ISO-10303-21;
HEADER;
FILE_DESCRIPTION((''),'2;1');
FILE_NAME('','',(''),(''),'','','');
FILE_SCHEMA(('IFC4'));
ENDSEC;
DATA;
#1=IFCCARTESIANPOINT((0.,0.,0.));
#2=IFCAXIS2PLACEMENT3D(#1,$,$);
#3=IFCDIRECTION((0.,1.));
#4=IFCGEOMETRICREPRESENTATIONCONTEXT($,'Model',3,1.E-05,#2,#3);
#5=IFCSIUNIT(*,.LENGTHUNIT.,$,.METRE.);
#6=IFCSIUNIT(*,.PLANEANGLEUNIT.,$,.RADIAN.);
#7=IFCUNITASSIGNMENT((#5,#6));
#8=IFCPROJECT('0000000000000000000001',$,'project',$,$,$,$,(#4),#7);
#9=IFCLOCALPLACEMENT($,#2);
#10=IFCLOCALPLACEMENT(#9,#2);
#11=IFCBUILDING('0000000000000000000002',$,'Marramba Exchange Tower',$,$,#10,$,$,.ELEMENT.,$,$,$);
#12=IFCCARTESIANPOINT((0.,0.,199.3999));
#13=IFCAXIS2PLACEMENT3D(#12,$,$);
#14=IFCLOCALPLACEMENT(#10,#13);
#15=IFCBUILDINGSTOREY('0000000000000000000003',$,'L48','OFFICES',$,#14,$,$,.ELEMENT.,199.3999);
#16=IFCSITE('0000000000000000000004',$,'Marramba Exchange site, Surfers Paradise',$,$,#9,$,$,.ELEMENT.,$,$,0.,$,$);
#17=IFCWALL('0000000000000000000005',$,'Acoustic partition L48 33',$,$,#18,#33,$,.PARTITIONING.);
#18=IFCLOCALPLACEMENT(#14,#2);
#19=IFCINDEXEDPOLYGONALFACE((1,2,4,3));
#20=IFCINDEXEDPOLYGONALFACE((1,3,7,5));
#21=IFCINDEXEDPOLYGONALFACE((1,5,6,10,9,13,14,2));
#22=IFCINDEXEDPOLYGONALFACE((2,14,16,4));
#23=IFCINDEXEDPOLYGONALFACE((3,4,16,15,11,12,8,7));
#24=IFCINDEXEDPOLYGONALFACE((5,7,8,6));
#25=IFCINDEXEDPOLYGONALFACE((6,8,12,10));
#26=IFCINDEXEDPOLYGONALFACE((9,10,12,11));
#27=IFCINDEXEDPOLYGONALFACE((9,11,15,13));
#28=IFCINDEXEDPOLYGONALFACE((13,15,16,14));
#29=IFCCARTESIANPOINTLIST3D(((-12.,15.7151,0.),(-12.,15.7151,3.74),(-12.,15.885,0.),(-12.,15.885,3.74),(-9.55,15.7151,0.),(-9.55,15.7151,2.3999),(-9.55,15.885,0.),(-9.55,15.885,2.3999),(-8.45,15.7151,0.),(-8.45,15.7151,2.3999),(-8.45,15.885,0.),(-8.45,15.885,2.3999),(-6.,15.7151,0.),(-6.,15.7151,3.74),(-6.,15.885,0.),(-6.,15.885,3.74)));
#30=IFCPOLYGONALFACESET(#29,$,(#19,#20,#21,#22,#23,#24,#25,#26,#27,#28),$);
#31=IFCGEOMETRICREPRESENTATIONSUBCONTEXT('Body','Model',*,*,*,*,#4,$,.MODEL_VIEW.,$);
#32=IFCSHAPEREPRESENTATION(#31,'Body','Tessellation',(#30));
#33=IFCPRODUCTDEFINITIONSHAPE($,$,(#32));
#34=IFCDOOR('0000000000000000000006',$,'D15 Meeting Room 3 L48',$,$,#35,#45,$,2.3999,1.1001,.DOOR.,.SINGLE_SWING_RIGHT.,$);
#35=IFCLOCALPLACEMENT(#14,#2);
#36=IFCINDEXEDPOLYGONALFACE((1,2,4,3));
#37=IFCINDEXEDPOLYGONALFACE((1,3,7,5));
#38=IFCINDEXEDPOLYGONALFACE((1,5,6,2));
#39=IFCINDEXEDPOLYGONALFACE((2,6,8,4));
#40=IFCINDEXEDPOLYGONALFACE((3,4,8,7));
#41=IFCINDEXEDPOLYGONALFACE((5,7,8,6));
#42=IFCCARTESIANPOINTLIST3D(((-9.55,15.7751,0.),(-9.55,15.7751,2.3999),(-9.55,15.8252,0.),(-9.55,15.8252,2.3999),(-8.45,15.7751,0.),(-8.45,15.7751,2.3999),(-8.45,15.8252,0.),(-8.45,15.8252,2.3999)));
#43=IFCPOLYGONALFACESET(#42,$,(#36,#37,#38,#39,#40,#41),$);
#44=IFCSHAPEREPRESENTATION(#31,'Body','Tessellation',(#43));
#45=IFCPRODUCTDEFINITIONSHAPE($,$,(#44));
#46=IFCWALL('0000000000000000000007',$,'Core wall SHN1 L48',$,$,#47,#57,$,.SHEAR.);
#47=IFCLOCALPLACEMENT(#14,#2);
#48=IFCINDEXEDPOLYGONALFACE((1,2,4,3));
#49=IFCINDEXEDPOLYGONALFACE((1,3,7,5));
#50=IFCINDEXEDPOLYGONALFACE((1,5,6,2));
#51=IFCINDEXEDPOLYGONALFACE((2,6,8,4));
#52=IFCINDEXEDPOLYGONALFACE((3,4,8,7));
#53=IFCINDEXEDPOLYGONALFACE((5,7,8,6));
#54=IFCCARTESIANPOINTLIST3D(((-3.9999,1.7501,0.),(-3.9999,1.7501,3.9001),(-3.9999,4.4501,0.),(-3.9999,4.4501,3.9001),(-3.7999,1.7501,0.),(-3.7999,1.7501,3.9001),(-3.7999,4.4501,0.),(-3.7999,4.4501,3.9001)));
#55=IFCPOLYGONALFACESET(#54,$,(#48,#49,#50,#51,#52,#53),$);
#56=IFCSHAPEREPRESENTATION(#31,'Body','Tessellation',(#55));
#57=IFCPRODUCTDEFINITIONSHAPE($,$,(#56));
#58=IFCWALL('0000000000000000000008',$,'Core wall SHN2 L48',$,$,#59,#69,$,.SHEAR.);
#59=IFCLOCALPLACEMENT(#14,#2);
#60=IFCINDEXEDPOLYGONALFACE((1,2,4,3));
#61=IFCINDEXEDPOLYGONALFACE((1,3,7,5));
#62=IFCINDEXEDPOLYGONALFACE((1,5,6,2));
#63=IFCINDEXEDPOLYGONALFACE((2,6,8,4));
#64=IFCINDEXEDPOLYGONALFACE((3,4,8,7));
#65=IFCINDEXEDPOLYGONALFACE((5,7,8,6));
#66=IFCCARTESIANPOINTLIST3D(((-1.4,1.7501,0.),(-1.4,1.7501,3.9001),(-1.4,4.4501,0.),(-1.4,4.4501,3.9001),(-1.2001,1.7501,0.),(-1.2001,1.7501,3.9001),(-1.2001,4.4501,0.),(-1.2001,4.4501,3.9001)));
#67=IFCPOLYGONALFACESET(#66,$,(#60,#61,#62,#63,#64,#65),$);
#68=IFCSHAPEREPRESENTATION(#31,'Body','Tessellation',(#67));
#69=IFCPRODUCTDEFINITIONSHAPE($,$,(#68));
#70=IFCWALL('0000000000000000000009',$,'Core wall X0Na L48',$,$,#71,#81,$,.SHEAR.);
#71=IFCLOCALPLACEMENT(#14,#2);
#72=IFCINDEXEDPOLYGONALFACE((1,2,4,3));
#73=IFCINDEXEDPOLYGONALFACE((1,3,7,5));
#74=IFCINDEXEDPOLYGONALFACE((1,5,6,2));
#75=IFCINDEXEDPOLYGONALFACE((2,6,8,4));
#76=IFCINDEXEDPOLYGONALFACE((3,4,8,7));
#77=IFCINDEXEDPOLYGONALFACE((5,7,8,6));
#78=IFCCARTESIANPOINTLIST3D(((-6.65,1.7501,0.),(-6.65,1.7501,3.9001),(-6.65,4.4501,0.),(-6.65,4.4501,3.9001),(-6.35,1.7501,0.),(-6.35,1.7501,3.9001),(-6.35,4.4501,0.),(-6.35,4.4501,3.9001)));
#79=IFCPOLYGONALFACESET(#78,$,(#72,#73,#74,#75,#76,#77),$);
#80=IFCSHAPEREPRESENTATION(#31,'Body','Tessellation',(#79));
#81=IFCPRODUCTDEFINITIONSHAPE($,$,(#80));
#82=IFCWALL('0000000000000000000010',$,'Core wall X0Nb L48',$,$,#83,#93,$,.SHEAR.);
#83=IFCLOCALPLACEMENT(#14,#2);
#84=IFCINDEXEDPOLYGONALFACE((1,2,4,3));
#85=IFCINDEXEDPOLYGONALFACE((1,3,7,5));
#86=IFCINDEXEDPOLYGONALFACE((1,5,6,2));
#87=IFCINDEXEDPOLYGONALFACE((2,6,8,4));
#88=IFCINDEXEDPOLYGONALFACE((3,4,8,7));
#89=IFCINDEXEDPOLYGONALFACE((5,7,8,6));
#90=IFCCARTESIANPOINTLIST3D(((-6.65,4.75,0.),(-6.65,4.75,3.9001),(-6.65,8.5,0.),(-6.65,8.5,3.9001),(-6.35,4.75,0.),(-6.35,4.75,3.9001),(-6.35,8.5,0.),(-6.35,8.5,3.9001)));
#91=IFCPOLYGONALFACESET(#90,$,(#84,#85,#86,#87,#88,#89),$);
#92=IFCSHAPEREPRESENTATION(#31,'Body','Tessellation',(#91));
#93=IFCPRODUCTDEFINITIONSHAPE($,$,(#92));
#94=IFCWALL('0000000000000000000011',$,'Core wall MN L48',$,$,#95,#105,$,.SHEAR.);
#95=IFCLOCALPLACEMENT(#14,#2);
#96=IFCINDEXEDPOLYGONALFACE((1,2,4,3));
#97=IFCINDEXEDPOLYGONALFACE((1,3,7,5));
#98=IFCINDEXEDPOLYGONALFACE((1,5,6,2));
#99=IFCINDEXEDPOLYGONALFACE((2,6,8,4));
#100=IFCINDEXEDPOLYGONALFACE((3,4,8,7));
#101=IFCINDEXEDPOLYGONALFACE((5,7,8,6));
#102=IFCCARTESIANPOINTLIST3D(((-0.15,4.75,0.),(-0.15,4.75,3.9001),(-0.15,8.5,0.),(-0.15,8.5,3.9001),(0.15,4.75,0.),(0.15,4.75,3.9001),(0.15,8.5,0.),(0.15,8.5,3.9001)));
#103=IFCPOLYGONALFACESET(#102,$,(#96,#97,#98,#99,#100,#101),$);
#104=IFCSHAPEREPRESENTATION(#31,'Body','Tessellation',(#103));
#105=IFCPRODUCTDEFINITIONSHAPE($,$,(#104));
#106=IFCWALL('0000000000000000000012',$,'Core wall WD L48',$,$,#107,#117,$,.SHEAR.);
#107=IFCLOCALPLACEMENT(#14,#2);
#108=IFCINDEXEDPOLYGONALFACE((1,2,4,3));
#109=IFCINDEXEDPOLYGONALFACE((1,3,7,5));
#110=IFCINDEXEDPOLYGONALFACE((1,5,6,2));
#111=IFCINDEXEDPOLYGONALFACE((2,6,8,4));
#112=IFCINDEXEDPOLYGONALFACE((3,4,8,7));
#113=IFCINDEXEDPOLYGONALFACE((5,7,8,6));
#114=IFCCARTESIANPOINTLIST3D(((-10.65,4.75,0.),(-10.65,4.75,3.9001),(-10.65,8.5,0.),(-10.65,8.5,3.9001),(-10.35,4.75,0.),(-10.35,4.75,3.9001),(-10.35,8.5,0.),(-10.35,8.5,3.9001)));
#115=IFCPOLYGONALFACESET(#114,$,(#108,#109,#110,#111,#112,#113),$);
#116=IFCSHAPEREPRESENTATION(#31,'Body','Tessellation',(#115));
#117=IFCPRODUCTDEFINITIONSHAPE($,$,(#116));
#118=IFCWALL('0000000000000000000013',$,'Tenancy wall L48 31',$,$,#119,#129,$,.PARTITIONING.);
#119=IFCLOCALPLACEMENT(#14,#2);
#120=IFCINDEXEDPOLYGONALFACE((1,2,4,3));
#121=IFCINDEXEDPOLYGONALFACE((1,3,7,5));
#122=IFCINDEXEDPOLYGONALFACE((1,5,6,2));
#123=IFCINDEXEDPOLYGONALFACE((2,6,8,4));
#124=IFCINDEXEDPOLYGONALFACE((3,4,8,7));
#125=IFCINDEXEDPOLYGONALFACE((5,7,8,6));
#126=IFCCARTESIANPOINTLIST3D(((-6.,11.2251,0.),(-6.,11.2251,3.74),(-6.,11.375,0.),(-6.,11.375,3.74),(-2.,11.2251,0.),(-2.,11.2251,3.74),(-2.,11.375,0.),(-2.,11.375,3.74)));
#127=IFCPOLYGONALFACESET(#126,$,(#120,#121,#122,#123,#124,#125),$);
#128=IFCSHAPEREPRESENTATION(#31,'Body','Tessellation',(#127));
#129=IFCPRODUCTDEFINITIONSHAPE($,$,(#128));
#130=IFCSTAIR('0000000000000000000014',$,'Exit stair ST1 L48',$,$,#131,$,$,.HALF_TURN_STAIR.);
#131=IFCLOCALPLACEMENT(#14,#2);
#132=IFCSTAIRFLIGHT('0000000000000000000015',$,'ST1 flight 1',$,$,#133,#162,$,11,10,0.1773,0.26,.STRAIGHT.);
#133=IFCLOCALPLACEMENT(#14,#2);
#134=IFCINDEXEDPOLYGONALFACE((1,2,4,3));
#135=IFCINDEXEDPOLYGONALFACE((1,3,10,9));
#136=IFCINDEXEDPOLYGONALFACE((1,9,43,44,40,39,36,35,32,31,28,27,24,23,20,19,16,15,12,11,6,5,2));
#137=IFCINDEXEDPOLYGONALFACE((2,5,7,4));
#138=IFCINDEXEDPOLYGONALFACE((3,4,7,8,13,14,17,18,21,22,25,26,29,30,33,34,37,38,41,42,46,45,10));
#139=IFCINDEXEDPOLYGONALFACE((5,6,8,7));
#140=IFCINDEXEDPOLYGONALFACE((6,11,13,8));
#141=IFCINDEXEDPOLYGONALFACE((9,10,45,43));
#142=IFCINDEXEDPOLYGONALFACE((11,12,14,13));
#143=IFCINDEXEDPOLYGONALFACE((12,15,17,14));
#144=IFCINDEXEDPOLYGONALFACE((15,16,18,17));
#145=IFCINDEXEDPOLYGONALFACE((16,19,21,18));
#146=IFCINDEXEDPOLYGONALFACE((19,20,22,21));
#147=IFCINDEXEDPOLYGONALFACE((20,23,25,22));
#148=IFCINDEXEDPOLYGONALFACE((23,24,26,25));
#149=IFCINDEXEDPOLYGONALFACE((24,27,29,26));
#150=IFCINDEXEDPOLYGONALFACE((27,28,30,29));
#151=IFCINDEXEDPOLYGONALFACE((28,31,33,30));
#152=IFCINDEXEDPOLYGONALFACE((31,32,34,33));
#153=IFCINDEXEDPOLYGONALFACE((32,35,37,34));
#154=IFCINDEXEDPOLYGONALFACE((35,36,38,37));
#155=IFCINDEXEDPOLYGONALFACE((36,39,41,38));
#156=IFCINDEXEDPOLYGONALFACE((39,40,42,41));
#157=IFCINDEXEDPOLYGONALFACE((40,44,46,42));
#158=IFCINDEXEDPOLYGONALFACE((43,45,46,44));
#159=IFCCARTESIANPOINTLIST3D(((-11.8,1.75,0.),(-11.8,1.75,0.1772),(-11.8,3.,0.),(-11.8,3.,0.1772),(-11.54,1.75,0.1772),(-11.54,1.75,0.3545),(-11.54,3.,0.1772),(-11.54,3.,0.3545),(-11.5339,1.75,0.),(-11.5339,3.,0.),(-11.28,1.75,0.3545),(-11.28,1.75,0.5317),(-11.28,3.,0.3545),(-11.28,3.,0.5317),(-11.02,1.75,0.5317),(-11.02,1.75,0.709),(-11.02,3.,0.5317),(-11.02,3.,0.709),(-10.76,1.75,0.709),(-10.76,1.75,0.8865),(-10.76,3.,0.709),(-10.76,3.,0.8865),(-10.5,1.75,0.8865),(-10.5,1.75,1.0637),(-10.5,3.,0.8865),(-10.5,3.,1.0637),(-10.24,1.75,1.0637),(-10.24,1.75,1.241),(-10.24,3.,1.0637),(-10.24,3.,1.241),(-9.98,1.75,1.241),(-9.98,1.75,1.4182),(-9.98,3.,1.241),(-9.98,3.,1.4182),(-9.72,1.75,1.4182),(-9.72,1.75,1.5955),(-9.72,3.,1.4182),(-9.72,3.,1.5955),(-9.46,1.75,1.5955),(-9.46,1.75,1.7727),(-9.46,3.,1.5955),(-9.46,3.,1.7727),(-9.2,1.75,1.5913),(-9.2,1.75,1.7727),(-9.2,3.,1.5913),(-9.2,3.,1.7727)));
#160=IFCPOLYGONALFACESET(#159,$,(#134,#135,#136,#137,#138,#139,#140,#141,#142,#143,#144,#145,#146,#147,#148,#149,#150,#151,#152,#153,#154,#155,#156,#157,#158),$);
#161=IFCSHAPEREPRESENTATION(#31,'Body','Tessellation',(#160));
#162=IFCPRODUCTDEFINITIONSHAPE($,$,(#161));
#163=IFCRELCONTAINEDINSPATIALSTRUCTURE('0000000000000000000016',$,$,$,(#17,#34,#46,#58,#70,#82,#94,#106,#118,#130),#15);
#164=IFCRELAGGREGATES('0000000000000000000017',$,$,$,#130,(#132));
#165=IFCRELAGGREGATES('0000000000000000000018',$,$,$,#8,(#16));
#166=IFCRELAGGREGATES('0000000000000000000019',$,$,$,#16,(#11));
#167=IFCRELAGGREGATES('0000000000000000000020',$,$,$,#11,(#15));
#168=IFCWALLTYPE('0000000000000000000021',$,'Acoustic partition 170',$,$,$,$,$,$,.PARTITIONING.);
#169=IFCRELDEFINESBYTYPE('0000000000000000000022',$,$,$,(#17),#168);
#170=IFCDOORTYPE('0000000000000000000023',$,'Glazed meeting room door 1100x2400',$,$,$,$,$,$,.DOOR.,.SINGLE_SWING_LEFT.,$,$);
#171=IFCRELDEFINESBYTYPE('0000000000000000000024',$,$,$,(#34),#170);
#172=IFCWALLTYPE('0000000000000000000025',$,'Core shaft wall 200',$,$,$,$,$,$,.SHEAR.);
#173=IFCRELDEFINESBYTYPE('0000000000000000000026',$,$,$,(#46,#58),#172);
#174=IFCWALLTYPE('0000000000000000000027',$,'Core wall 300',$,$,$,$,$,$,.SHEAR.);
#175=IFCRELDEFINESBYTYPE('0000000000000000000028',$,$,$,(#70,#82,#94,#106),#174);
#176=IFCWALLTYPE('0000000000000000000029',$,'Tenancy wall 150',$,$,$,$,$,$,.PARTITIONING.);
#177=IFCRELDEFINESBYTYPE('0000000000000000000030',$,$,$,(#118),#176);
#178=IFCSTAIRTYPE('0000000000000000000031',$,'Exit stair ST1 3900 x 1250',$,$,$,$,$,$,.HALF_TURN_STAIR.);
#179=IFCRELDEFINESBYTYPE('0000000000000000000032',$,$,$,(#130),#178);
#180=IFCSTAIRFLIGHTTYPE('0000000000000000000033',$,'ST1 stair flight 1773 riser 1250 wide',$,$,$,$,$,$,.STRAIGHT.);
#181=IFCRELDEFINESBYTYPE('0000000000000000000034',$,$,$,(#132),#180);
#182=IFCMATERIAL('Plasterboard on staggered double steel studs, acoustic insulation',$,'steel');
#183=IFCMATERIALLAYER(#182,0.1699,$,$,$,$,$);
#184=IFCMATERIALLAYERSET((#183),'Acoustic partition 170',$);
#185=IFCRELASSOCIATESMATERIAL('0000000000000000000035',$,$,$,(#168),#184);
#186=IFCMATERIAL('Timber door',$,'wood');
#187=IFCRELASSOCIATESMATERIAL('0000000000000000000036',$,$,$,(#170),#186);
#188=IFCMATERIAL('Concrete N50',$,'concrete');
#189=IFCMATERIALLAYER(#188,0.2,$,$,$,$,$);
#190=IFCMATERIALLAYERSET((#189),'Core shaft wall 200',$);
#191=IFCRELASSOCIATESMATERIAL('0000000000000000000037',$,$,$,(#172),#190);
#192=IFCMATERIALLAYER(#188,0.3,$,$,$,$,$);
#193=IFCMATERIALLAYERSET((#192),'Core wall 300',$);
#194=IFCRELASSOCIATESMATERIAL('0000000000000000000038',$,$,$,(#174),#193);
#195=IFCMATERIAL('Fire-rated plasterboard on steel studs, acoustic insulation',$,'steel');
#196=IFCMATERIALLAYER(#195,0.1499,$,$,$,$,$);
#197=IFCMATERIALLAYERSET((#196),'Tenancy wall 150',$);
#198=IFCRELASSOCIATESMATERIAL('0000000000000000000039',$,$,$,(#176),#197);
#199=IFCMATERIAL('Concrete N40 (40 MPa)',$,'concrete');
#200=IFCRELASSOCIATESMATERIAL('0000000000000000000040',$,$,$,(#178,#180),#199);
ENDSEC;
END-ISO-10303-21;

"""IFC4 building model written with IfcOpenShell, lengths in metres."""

from ifc_helpers import new_model, si_unit, direction, frame, frame_2d, origin, place, context, subcontext, project, spatial, polyline, rectangle, outline, extrude, material, layer, layer_set, type_object, element, fill, aggregate, save


model = new_model("IFC4")

# Units and contexts
model_context = context("Model", 3, precision=1e-05, world=origin(), true_north=direction((0.0, 1.0)))
body_context = subcontext(model_context, "Body", "Model", "MODEL_VIEW")
ifc_project = project(units=[si_unit("LENGTHUNIT", "METRE"), si_unit("PLANEANGLEUNIT", "RADIAN")], contexts=[model_context])

# Site, building, storey
site_placement = place(None, origin())
site = spatial("IfcSite", under=ifc_project, at=site_placement, Name="Marramba Exchange site, Surfers Paradise", CompositionType="ELEMENT", RefElevation=0.0)
building_placement = place(site_placement, origin())
building = spatial("IfcBuilding", under=site, at=building_placement, Name="Marramba Exchange Tower", CompositionType="ELEMENT")
storey_placement = place(building_placement, frame((0.0, 0.0, 199.3999)))
storey = spatial("IfcBuildingStorey", under=building, at=storey_placement, Name="L48", Description="OFFICES", CompositionType="ELEMENT", Elevation=199.3999)

# Shared definitions
ifc_material_1 = material(Name="Concrete N50", Category="concrete")

# Shared definitions
ifc_material_2 = material(Name="Plasterboard on staggered double steel studs, acoustic insulation", Category="steel")
ifc_layer_1 = layer(ifc_material_2, 0.1699)
ifc_layer_set_1 = layer_set([ifc_layer_1], Name="Acoustic partition 170")
wall_type_1 = type_object("IfcWallType", Name="Acoustic partition 170", PredefinedType="PARTITIONING", material=ifc_layer_set_1)

# Wall, opening, door
wall_1_placement = place(storey_placement, frame((-6.0, 15.8, 0.0), z_axis=(0.0, 0.0, 1.0), x_axis=(-1.0, 0.0, 0.0)))
wall_1 = element("IfcWall", 1, at=wall_1_placement, inside=storey, type_object=wall_type_1, Name="Acoustic partition L48 33", PredefinedType="PARTITIONING", context=body_context, shape_type="SweptSolid", body=[
    extrude(rectangle(XDim=6.0, YDim=0.1699, at=frame_2d((3.0, 0.0))), origin(), (0.0, 0.0, 1.0), 3.74),
])
opening_1_placement = place(wall_1_placement, frame((2.45, 0.0, 0.0)))
opening_1 = element("IfcOpeningElement", 2, at=opening_1_placement, cuts=wall_1, PredefinedType="OPENING", context=body_context, shape_type="SweptSolid", body=[
    extrude(rectangle(XDim=1.1001, YDim=2.3999, at=frame_2d((0.55, 1.2))), frame((0.0, 0.095, 0.0), z_axis=(0.0, -1.0, 0.0), x_axis=(1.0, 0.0, 0.0)), (0.0, 0.0, 1.0), 0.1899),
])
ifc_material_3 = material(Name="Timber door", Category="wood")
door_type_1 = type_object("IfcDoorType", Name="Glazed meeting room door 1100x2400", OperationType="SINGLE_SWING_LEFT", PredefinedType="DOOR", material=ifc_material_3)
door_1_placement = place(opening_1_placement, origin())
door_1 = element("IfcDoor", 3, at=door_1_placement, inside=storey, type_object=door_type_1, Name="D15 Meeting Room 3 L48", OperationType="SINGLE_SWING_RIGHT", OverallHeight=2.3999, OverallWidth=1.1001, PredefinedType="DOOR", context=body_context, shape_type="SweptSolid", body=[
    extrude(rectangle(XDim=1.1001, YDim=2.3999, at=frame_2d((0.55, 1.2))), frame((0.0, 0.0249, 0.0), z_axis=(0.0, -1.0, 0.0), x_axis=(1.0, 0.0, 0.0)), (0.0, 0.0, 1.0), 0.05),
])
fill(opening_1, door_1)

# Walls
ifc_layer_2 = layer(ifc_material_1, 0.2)
ifc_layer_set_2 = layer_set([ifc_layer_2], Name="Core shaft wall 200")
wall_type_2 = type_object("IfcWallType", Name="Core shaft wall 200", PredefinedType="SHEAR", material=ifc_layer_set_2)
for number, where, z_axis, x_axis, name in (
    (4, (-3.8999, 1.75, 0.0), (0.0, 0.0, 1.0), (0.0, 1.0, 0.0), "Core wall SHN1 L48"),
    (5, (-1.3, 1.75, 0.0), (0.0, 0.0, 1.0), (0.0, 1.0, 0.0), "Core wall SHN2 L48"),
):
    element("IfcWall", number, at=place(storey_placement, frame(where, z_axis=z_axis, x_axis=x_axis)), inside=storey, type_object=wall_type_2, Name=name, PredefinedType="SHEAR", context=body_context, shape_type="SweptSolid", body=[
        extrude(rectangle(XDim=2.7, YDim=0.2, at=frame_2d((1.3501, 0.0))), origin(), (0.0, 0.0, 1.0), 3.9001),
    ])
ifc_layer_3 = layer(ifc_material_1, 0.3)
ifc_layer_set_3 = layer_set([ifc_layer_3], Name="Core wall 300")
wall_type_3 = type_object("IfcWallType", Name="Core wall 300", PredefinedType="SHEAR", material=ifc_layer_set_3)
wall_2_placement = place(storey_placement, frame((-6.5, 1.75, 0.0), z_axis=(0.0, 0.0, 1.0), x_axis=(0.0, 1.0, 0.0)))
element("IfcWall", 6, at=wall_2_placement, inside=storey, type_object=wall_type_3, Name="Core wall X0Na L48", PredefinedType="SHEAR", context=body_context, shape_type="SweptSolid", body=[
    extrude(rectangle(XDim=2.7, YDim=0.3, at=frame_2d((1.3501, 0.0))), origin(), (0.0, 0.0, 1.0), 3.9001),
])
for number, where, z_axis, x_axis, name in (
    (7, (-6.5, 4.75, 0.0), (0.0, 0.0, 1.0), (0.0, 1.0, 0.0), "Core wall X0Nb L48"),
    (8, (0.0, 4.75, 0.0), (0.0, 0.0, 1.0), (0.0, 1.0, 0.0), "Core wall MN L48"),
    (9, (-10.5, 4.75, 0.0), (0.0, 0.0, 1.0), (0.0, 1.0, 0.0), "Core wall WD L48"),
):
    element("IfcWall", number, at=place(storey_placement, frame(where, z_axis=z_axis, x_axis=x_axis)), inside=storey, type_object=wall_type_3, Name=name, PredefinedType="SHEAR", context=body_context, shape_type="SweptSolid", body=[
        extrude(rectangle(XDim=3.75, YDim=0.3, at=frame_2d((1.875, 0.0))), origin(), (0.0, 0.0, 1.0), 3.9001),
    ])

# Wall
ifc_material_4 = material(Name="Fire-rated plasterboard on steel studs, acoustic insulation", Category="steel")
ifc_layer_4 = layer(ifc_material_4, 0.1499)
ifc_layer_set_4 = layer_set([ifc_layer_4], Name="Tenancy wall 150")
wall_type_4 = type_object("IfcWallType", Name="Tenancy wall 150", PredefinedType="PARTITIONING", material=ifc_layer_set_4)
wall_3_placement = place(storey_placement, frame((-2.0, 11.3, 0.0), z_axis=(0.0, 0.0, 1.0), x_axis=(-1.0, 0.0, 0.0)))
element("IfcWall", 10, at=wall_3_placement, inside=storey, type_object=wall_type_4, Name="Tenancy wall L48 31", PredefinedType="PARTITIONING", context=body_context, shape_type="SweptSolid", body=[
    extrude(rectangle(XDim=4.0, YDim=0.1499, at=frame_2d((2.0, 0.0))), origin(), (0.0, 0.0, 1.0), 3.74),
])

# Stair, stair flight
ifc_material_5 = material(Name="Concrete N40 (40 MPa)", Category="concrete")
stair_type = type_object("IfcStairType", Name="Exit stair ST1 3900 x 1250", PredefinedType="HALF_TURN_STAIR", material=ifc_material_5)
stair_placement = place(storey_placement, origin())
stair = element("IfcStair", 11, at=stair_placement, inside=storey, type_object=stair_type, Name="Exit stair ST1 L48", PredefinedType="HALF_TURN_STAIR")
stair_flight_type = type_object("IfcStairFlightType", Name="ST1 stair flight 1773 riser 1250 wide", PredefinedType="STRAIGHT", material=ifc_material_5)
stair_flight_1_placement = place(storey_placement, frame((-11.8, 2.375, 0.0), z_axis=(0.0, 0.0, 1.0), x_axis=(1.0, 0.0, 0.0)))
stair_flight_1 = element("IfcStairFlight", 12, at=stair_flight_1_placement, type_object=stair_flight_type, Name="ST1 flight 1", NumberOfRisers=11, NumberOfTreads=10, PredefinedType="STRAIGHT", RiserHeight=0.1773, TreadLength=0.26, context=body_context, shape_type="SweptSolid", body=[
    extrude(outline(polyline([(0.0, 0.0), (0.0, 0.1772), (0.26, 0.1772), (0.26, 0.3545), (0.52, 0.3545), (0.52, 0.5317), (0.78, 0.5317), (0.78, 0.709), (1.04, 0.709), (1.04, 0.8865), (1.3, 0.8865), (1.3, 1.0637), (1.5601, 1.0637), (1.5601, 1.241), (1.8201, 1.241), (1.8201, 1.4182), (2.0801, 1.4182), (2.0801, 1.5955), (2.3401, 1.5955), (2.3401, 1.7727), (2.6001, 1.7727), (2.6001, 1.95), (2.6001, 1.5913), (0.2661, 0.0), (0.0, 0.0)])), frame((0.0, 0.625, 0.0), z_axis=(0.0, -1.0, 0.0), x_axis=(1.0, 0.0, 0.0)), (0.0, 0.0, 1.0), 1.25),
])
aggregate(stair, [stair_flight_1])

save(model, "model.ifc")
